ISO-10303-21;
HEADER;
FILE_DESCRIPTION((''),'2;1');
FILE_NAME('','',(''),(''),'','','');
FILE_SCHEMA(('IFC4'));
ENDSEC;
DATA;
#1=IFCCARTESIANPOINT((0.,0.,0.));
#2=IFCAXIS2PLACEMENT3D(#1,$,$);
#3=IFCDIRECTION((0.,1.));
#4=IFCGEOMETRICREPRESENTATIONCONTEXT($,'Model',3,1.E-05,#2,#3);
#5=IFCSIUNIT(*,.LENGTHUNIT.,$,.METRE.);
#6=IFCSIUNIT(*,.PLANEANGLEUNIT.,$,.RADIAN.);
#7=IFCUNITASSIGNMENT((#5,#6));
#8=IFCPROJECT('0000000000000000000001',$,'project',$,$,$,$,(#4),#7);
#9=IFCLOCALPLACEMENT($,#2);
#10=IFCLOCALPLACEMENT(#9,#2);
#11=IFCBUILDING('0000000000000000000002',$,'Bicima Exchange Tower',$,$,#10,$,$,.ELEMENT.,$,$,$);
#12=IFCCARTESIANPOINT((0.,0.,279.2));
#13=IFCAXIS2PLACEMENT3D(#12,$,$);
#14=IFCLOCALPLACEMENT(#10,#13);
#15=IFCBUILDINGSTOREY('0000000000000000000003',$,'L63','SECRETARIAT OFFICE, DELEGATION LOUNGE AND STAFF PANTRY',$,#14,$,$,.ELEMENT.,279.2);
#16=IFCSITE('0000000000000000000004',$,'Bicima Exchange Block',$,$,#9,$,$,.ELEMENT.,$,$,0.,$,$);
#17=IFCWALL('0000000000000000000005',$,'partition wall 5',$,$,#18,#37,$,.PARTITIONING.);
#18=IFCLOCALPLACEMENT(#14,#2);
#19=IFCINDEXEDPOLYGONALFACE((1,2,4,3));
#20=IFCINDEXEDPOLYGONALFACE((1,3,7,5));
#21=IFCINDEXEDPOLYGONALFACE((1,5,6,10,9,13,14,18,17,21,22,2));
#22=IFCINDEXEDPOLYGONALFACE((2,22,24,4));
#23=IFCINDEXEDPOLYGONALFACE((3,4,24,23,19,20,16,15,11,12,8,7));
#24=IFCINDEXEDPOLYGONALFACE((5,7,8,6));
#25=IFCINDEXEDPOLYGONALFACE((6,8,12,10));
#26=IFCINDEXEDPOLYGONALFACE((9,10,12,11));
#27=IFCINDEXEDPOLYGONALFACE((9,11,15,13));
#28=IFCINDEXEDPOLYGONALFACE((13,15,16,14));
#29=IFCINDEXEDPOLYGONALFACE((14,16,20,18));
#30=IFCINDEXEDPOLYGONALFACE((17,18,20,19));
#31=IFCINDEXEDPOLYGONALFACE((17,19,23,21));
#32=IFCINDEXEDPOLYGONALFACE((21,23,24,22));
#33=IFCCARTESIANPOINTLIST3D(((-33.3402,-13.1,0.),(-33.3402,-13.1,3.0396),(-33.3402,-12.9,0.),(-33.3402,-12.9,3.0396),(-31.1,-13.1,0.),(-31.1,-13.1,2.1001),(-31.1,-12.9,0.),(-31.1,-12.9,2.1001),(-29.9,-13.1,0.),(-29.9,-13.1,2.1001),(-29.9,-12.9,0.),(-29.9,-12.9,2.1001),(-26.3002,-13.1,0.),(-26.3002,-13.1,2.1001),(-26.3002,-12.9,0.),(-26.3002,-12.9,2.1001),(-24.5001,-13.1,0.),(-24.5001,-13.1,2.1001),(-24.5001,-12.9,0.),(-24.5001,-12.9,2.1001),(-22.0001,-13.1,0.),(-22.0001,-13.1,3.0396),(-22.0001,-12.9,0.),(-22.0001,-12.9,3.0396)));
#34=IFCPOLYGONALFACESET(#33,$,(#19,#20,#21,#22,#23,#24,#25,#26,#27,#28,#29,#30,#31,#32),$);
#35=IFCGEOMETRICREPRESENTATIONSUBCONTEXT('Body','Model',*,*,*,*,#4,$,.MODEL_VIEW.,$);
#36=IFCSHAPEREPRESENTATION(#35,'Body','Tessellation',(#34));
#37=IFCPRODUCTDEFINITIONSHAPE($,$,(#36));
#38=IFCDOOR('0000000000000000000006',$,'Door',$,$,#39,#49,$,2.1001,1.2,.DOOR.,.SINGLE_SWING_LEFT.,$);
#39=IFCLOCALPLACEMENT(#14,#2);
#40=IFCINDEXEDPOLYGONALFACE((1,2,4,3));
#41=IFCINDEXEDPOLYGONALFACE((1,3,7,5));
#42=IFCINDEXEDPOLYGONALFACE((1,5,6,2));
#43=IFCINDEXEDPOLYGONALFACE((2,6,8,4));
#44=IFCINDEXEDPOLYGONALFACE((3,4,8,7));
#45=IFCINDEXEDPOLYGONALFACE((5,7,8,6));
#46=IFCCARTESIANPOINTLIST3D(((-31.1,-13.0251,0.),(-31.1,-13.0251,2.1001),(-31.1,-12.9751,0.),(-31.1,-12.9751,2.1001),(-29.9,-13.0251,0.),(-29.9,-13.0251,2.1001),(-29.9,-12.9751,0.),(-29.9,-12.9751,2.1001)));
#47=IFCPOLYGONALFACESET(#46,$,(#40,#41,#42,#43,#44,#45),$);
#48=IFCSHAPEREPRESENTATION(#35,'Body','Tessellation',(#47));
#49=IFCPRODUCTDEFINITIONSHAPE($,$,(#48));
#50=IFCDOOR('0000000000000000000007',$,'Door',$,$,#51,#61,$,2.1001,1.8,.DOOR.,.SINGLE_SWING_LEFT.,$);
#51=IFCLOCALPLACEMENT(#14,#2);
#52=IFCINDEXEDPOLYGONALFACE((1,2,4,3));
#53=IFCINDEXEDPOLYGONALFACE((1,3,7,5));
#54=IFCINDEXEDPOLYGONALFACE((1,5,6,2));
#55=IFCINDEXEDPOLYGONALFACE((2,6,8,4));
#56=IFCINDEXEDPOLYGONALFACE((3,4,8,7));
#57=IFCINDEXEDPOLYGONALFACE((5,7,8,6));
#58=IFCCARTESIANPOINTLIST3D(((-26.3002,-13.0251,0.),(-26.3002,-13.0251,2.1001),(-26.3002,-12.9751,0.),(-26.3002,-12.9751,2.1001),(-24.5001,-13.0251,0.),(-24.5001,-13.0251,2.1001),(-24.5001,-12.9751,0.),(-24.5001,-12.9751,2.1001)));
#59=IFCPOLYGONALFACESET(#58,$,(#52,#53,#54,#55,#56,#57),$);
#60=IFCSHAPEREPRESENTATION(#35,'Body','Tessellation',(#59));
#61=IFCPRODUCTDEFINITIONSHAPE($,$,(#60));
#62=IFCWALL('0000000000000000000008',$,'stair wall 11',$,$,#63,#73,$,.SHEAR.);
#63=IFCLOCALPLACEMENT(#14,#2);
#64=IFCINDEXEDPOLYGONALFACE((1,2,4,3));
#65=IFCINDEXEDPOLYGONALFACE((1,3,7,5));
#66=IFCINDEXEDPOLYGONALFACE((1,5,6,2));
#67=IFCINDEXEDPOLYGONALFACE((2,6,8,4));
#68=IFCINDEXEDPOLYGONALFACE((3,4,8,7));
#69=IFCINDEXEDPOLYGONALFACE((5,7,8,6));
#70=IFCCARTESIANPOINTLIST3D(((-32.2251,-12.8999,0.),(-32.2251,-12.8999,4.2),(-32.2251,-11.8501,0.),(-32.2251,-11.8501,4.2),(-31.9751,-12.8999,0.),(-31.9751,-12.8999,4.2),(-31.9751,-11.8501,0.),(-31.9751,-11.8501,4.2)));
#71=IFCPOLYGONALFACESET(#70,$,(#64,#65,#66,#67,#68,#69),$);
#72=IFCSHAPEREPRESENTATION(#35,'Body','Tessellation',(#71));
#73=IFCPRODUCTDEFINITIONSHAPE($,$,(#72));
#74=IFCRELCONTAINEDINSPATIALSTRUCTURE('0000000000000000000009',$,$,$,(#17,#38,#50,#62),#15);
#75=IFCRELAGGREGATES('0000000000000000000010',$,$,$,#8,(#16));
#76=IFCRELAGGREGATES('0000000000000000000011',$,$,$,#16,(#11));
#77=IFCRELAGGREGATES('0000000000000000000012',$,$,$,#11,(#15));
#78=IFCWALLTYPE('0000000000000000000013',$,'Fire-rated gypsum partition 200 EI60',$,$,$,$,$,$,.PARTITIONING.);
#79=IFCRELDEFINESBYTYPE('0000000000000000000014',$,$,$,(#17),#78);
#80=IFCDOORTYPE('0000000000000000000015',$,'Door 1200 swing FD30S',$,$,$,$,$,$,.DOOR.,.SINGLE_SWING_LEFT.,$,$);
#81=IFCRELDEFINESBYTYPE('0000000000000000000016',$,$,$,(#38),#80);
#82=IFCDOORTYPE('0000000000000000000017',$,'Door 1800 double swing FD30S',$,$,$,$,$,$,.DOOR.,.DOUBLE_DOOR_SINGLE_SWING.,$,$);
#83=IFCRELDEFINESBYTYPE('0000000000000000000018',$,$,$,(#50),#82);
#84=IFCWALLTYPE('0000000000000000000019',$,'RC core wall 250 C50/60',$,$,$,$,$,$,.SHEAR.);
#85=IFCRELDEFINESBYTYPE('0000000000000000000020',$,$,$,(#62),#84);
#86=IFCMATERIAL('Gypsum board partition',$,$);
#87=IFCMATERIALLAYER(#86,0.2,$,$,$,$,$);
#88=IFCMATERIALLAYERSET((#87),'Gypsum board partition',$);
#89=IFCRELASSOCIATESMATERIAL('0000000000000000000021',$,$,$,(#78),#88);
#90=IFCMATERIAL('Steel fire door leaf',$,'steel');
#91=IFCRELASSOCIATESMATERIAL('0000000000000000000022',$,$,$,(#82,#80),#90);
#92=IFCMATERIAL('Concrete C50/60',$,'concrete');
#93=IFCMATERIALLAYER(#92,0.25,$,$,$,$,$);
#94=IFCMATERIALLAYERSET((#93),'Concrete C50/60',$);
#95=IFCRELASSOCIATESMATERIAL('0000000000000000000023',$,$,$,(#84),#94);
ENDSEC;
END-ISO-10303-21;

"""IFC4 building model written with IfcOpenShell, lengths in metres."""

from ifc_helpers import new_model, si_unit, direction, frame, frame_2d, origin, place, context, subcontext, project, spatial, rectangle, extrude, material, layer, layer_set, type_object, element, fill, save


model = new_model("IFC4")

# Units and contexts
model_context = context("Model", 3, precision=1e-05, world=origin(), true_north=direction((0.0, 1.0)))
body_context = subcontext(model_context, "Body", "Model", "MODEL_VIEW")
ifc_project = project(units=[si_unit("LENGTHUNIT", "METRE"), si_unit("PLANEANGLEUNIT", "RADIAN")], contexts=[model_context])

# Site, building, storey
site_placement = place(None, origin())
site = spatial("IfcSite", under=ifc_project, at=site_placement, Name="Bicima Exchange Block", CompositionType="ELEMENT", RefElevation=0.0)
building_placement = place(site_placement, origin())
building = spatial("IfcBuilding", under=site, at=building_placement, Name="Bicima Exchange Tower", CompositionType="ELEMENT")
storey_placement = place(building_placement, frame((0.0, 0.0, 279.2)))
storey = spatial("IfcBuildingStorey", under=building, at=storey_placement, Name="L63", Description="SECRETARIAT OFFICE, DELEGATION LOUNGE AND STAFF PANTRY", CompositionType="ELEMENT", Elevation=279.2)

# Wall, openings, doors
ifc_material_1 = material(Name="Gypsum board partition")
ifc_layer_1 = layer(ifc_material_1, 0.2)
ifc_layer_set_1 = layer_set([ifc_layer_1], Name="Gypsum board partition")
wall_type_1 = type_object("IfcWallType", Name="Fire-rated gypsum partition 200 EI60", PredefinedType="PARTITIONING", material=ifc_layer_set_1)
ifc_material_2 = material(Name="Steel fire door leaf", Category="steel")
door_type_1 = type_object("IfcDoorType", Name="Door 1800 double swing FD30S", OperationType="DOUBLE_DOOR_SINGLE_SWING", PredefinedType="DOOR", material=ifc_material_2)
wall_1_placement = place(storey_placement, frame((-33.3401, -13.0, 0.0), z_axis=(0.0, 0.0, 1.0), x_axis=(1.0, 0.0, 0.0)))
wall_1 = element("IfcWall", 1, at=wall_1_placement, inside=storey, type_object=wall_type_1, Name="partition wall 5", PredefinedType="PARTITIONING", context=body_context, shape_type="SweptSolid", body=[
    extrude(rectangle(XDim=11.3401, YDim=0.2, at=frame_2d((5.6699, 0.0))), origin(), (0.0, 0.0, 1.0), 3.0396),
])
opening_1_placement = place(wall_1_placement, frame((2.24, 0.0, 0.0)))
opening_1 = element("IfcOpeningElement", 2, at=opening_1_placement, cuts=wall_1, PredefinedType="OPENING", context=body_context, shape_type="SweptSolid", body=[
    extrude(rectangle(XDim=1.2, YDim=2.1001, at=frame_2d((0.6001, 1.05))), frame((0.0, 0.1118, 0.0), z_axis=(0.0, -1.0, 0.0), x_axis=(1.0, 0.0, 0.0)), (0.0, 0.0, 1.0), 0.2239),
])
opening_2_placement = place(wall_1_placement, frame((7.04, 0.0, 0.0)))
opening_2 = element("IfcOpeningElement", 3, at=opening_2_placement, cuts=wall_1, PredefinedType="OPENING", context=body_context, shape_type="SweptSolid", body=[
    extrude(rectangle(XDim=1.8, YDim=2.1001, at=frame_2d((0.8999, 1.05))), frame((0.0, 0.1118, 0.0), z_axis=(0.0, -1.0, 0.0), x_axis=(1.0, 0.0, 0.0)), (0.0, 0.0, 1.0), 0.2239),
])
door_type_2 = type_object("IfcDoorType", Name="Door 1200 swing FD30S", OperationType="SINGLE_SWING_LEFT", PredefinedType="DOOR", material=ifc_material_2)
door_1_placement = place(opening_1_placement, origin())
door_1 = element("IfcDoor", 4, at=door_1_placement, inside=storey, type_object=door_type_2, Name="Door", OperationType="SINGLE_SWING_LEFT", OverallHeight=2.1001, OverallWidth=1.2, PredefinedType="DOOR", context=body_context, shape_type="SweptSolid", body=[
    extrude(rectangle(XDim=1.2, YDim=2.1001, at=frame_2d((0.6001, 1.05))), frame((0.0, 0.0249, 0.0), z_axis=(0.0, -1.0, 0.0), x_axis=(1.0, 0.0, 0.0)), (0.0, 0.0, 1.0), 0.05),
])
fill(opening_1, door_1)
door_2_placement = place(opening_2_placement, origin())
door_2 = element("IfcDoor", 5, at=door_2_placement, inside=storey, type_object=door_type_1, Name="Door", OperationType="SINGLE_SWING_LEFT", OverallHeight=2.1001, OverallWidth=1.8, PredefinedType="DOOR", context=body_context, shape_type="SweptSolid", body=[
    extrude(rectangle(XDim=1.8, YDim=2.1001, at=frame_2d((0.8999, 1.05))), frame((0.0, 0.0249, 0.0), z_axis=(0.0, -1.0, 0.0), x_axis=(1.0, 0.0, 0.0)), (0.0, 0.0, 1.0), 0.05),
])
fill(opening_2, door_2)

# Wall
ifc_material_3 = material(Name="Concrete C50/60", Category="concrete")
ifc_layer_2 = layer(ifc_material_3, 0.25)
ifc_layer_set_2 = layer_set([ifc_layer_2], Name="Concrete C50/60")
wall_type_2 = type_object("IfcWallType", Name="RC core wall 250 C50/60", PredefinedType="SHEAR", material=ifc_layer_set_2)
wall_2_placement = place(storey_placement, frame((-32.1001, -12.8999, 0.0), z_axis=(0.0, 0.0, 1.0), x_axis=(0.0, 1.0, 0.0)))
element("IfcWall", 6, at=wall_2_placement, inside=storey, type_object=wall_type_2, Name="stair wall 11", PredefinedType="SHEAR", context=body_context, shape_type="SweptSolid", body=[
    extrude(rectangle(XDim=1.0498, YDim=0.25, at=frame_2d((0.5249, 0.0))), origin(), (0.0, 0.0, 1.0), 4.2),
])

save(model, "model.ifc")
